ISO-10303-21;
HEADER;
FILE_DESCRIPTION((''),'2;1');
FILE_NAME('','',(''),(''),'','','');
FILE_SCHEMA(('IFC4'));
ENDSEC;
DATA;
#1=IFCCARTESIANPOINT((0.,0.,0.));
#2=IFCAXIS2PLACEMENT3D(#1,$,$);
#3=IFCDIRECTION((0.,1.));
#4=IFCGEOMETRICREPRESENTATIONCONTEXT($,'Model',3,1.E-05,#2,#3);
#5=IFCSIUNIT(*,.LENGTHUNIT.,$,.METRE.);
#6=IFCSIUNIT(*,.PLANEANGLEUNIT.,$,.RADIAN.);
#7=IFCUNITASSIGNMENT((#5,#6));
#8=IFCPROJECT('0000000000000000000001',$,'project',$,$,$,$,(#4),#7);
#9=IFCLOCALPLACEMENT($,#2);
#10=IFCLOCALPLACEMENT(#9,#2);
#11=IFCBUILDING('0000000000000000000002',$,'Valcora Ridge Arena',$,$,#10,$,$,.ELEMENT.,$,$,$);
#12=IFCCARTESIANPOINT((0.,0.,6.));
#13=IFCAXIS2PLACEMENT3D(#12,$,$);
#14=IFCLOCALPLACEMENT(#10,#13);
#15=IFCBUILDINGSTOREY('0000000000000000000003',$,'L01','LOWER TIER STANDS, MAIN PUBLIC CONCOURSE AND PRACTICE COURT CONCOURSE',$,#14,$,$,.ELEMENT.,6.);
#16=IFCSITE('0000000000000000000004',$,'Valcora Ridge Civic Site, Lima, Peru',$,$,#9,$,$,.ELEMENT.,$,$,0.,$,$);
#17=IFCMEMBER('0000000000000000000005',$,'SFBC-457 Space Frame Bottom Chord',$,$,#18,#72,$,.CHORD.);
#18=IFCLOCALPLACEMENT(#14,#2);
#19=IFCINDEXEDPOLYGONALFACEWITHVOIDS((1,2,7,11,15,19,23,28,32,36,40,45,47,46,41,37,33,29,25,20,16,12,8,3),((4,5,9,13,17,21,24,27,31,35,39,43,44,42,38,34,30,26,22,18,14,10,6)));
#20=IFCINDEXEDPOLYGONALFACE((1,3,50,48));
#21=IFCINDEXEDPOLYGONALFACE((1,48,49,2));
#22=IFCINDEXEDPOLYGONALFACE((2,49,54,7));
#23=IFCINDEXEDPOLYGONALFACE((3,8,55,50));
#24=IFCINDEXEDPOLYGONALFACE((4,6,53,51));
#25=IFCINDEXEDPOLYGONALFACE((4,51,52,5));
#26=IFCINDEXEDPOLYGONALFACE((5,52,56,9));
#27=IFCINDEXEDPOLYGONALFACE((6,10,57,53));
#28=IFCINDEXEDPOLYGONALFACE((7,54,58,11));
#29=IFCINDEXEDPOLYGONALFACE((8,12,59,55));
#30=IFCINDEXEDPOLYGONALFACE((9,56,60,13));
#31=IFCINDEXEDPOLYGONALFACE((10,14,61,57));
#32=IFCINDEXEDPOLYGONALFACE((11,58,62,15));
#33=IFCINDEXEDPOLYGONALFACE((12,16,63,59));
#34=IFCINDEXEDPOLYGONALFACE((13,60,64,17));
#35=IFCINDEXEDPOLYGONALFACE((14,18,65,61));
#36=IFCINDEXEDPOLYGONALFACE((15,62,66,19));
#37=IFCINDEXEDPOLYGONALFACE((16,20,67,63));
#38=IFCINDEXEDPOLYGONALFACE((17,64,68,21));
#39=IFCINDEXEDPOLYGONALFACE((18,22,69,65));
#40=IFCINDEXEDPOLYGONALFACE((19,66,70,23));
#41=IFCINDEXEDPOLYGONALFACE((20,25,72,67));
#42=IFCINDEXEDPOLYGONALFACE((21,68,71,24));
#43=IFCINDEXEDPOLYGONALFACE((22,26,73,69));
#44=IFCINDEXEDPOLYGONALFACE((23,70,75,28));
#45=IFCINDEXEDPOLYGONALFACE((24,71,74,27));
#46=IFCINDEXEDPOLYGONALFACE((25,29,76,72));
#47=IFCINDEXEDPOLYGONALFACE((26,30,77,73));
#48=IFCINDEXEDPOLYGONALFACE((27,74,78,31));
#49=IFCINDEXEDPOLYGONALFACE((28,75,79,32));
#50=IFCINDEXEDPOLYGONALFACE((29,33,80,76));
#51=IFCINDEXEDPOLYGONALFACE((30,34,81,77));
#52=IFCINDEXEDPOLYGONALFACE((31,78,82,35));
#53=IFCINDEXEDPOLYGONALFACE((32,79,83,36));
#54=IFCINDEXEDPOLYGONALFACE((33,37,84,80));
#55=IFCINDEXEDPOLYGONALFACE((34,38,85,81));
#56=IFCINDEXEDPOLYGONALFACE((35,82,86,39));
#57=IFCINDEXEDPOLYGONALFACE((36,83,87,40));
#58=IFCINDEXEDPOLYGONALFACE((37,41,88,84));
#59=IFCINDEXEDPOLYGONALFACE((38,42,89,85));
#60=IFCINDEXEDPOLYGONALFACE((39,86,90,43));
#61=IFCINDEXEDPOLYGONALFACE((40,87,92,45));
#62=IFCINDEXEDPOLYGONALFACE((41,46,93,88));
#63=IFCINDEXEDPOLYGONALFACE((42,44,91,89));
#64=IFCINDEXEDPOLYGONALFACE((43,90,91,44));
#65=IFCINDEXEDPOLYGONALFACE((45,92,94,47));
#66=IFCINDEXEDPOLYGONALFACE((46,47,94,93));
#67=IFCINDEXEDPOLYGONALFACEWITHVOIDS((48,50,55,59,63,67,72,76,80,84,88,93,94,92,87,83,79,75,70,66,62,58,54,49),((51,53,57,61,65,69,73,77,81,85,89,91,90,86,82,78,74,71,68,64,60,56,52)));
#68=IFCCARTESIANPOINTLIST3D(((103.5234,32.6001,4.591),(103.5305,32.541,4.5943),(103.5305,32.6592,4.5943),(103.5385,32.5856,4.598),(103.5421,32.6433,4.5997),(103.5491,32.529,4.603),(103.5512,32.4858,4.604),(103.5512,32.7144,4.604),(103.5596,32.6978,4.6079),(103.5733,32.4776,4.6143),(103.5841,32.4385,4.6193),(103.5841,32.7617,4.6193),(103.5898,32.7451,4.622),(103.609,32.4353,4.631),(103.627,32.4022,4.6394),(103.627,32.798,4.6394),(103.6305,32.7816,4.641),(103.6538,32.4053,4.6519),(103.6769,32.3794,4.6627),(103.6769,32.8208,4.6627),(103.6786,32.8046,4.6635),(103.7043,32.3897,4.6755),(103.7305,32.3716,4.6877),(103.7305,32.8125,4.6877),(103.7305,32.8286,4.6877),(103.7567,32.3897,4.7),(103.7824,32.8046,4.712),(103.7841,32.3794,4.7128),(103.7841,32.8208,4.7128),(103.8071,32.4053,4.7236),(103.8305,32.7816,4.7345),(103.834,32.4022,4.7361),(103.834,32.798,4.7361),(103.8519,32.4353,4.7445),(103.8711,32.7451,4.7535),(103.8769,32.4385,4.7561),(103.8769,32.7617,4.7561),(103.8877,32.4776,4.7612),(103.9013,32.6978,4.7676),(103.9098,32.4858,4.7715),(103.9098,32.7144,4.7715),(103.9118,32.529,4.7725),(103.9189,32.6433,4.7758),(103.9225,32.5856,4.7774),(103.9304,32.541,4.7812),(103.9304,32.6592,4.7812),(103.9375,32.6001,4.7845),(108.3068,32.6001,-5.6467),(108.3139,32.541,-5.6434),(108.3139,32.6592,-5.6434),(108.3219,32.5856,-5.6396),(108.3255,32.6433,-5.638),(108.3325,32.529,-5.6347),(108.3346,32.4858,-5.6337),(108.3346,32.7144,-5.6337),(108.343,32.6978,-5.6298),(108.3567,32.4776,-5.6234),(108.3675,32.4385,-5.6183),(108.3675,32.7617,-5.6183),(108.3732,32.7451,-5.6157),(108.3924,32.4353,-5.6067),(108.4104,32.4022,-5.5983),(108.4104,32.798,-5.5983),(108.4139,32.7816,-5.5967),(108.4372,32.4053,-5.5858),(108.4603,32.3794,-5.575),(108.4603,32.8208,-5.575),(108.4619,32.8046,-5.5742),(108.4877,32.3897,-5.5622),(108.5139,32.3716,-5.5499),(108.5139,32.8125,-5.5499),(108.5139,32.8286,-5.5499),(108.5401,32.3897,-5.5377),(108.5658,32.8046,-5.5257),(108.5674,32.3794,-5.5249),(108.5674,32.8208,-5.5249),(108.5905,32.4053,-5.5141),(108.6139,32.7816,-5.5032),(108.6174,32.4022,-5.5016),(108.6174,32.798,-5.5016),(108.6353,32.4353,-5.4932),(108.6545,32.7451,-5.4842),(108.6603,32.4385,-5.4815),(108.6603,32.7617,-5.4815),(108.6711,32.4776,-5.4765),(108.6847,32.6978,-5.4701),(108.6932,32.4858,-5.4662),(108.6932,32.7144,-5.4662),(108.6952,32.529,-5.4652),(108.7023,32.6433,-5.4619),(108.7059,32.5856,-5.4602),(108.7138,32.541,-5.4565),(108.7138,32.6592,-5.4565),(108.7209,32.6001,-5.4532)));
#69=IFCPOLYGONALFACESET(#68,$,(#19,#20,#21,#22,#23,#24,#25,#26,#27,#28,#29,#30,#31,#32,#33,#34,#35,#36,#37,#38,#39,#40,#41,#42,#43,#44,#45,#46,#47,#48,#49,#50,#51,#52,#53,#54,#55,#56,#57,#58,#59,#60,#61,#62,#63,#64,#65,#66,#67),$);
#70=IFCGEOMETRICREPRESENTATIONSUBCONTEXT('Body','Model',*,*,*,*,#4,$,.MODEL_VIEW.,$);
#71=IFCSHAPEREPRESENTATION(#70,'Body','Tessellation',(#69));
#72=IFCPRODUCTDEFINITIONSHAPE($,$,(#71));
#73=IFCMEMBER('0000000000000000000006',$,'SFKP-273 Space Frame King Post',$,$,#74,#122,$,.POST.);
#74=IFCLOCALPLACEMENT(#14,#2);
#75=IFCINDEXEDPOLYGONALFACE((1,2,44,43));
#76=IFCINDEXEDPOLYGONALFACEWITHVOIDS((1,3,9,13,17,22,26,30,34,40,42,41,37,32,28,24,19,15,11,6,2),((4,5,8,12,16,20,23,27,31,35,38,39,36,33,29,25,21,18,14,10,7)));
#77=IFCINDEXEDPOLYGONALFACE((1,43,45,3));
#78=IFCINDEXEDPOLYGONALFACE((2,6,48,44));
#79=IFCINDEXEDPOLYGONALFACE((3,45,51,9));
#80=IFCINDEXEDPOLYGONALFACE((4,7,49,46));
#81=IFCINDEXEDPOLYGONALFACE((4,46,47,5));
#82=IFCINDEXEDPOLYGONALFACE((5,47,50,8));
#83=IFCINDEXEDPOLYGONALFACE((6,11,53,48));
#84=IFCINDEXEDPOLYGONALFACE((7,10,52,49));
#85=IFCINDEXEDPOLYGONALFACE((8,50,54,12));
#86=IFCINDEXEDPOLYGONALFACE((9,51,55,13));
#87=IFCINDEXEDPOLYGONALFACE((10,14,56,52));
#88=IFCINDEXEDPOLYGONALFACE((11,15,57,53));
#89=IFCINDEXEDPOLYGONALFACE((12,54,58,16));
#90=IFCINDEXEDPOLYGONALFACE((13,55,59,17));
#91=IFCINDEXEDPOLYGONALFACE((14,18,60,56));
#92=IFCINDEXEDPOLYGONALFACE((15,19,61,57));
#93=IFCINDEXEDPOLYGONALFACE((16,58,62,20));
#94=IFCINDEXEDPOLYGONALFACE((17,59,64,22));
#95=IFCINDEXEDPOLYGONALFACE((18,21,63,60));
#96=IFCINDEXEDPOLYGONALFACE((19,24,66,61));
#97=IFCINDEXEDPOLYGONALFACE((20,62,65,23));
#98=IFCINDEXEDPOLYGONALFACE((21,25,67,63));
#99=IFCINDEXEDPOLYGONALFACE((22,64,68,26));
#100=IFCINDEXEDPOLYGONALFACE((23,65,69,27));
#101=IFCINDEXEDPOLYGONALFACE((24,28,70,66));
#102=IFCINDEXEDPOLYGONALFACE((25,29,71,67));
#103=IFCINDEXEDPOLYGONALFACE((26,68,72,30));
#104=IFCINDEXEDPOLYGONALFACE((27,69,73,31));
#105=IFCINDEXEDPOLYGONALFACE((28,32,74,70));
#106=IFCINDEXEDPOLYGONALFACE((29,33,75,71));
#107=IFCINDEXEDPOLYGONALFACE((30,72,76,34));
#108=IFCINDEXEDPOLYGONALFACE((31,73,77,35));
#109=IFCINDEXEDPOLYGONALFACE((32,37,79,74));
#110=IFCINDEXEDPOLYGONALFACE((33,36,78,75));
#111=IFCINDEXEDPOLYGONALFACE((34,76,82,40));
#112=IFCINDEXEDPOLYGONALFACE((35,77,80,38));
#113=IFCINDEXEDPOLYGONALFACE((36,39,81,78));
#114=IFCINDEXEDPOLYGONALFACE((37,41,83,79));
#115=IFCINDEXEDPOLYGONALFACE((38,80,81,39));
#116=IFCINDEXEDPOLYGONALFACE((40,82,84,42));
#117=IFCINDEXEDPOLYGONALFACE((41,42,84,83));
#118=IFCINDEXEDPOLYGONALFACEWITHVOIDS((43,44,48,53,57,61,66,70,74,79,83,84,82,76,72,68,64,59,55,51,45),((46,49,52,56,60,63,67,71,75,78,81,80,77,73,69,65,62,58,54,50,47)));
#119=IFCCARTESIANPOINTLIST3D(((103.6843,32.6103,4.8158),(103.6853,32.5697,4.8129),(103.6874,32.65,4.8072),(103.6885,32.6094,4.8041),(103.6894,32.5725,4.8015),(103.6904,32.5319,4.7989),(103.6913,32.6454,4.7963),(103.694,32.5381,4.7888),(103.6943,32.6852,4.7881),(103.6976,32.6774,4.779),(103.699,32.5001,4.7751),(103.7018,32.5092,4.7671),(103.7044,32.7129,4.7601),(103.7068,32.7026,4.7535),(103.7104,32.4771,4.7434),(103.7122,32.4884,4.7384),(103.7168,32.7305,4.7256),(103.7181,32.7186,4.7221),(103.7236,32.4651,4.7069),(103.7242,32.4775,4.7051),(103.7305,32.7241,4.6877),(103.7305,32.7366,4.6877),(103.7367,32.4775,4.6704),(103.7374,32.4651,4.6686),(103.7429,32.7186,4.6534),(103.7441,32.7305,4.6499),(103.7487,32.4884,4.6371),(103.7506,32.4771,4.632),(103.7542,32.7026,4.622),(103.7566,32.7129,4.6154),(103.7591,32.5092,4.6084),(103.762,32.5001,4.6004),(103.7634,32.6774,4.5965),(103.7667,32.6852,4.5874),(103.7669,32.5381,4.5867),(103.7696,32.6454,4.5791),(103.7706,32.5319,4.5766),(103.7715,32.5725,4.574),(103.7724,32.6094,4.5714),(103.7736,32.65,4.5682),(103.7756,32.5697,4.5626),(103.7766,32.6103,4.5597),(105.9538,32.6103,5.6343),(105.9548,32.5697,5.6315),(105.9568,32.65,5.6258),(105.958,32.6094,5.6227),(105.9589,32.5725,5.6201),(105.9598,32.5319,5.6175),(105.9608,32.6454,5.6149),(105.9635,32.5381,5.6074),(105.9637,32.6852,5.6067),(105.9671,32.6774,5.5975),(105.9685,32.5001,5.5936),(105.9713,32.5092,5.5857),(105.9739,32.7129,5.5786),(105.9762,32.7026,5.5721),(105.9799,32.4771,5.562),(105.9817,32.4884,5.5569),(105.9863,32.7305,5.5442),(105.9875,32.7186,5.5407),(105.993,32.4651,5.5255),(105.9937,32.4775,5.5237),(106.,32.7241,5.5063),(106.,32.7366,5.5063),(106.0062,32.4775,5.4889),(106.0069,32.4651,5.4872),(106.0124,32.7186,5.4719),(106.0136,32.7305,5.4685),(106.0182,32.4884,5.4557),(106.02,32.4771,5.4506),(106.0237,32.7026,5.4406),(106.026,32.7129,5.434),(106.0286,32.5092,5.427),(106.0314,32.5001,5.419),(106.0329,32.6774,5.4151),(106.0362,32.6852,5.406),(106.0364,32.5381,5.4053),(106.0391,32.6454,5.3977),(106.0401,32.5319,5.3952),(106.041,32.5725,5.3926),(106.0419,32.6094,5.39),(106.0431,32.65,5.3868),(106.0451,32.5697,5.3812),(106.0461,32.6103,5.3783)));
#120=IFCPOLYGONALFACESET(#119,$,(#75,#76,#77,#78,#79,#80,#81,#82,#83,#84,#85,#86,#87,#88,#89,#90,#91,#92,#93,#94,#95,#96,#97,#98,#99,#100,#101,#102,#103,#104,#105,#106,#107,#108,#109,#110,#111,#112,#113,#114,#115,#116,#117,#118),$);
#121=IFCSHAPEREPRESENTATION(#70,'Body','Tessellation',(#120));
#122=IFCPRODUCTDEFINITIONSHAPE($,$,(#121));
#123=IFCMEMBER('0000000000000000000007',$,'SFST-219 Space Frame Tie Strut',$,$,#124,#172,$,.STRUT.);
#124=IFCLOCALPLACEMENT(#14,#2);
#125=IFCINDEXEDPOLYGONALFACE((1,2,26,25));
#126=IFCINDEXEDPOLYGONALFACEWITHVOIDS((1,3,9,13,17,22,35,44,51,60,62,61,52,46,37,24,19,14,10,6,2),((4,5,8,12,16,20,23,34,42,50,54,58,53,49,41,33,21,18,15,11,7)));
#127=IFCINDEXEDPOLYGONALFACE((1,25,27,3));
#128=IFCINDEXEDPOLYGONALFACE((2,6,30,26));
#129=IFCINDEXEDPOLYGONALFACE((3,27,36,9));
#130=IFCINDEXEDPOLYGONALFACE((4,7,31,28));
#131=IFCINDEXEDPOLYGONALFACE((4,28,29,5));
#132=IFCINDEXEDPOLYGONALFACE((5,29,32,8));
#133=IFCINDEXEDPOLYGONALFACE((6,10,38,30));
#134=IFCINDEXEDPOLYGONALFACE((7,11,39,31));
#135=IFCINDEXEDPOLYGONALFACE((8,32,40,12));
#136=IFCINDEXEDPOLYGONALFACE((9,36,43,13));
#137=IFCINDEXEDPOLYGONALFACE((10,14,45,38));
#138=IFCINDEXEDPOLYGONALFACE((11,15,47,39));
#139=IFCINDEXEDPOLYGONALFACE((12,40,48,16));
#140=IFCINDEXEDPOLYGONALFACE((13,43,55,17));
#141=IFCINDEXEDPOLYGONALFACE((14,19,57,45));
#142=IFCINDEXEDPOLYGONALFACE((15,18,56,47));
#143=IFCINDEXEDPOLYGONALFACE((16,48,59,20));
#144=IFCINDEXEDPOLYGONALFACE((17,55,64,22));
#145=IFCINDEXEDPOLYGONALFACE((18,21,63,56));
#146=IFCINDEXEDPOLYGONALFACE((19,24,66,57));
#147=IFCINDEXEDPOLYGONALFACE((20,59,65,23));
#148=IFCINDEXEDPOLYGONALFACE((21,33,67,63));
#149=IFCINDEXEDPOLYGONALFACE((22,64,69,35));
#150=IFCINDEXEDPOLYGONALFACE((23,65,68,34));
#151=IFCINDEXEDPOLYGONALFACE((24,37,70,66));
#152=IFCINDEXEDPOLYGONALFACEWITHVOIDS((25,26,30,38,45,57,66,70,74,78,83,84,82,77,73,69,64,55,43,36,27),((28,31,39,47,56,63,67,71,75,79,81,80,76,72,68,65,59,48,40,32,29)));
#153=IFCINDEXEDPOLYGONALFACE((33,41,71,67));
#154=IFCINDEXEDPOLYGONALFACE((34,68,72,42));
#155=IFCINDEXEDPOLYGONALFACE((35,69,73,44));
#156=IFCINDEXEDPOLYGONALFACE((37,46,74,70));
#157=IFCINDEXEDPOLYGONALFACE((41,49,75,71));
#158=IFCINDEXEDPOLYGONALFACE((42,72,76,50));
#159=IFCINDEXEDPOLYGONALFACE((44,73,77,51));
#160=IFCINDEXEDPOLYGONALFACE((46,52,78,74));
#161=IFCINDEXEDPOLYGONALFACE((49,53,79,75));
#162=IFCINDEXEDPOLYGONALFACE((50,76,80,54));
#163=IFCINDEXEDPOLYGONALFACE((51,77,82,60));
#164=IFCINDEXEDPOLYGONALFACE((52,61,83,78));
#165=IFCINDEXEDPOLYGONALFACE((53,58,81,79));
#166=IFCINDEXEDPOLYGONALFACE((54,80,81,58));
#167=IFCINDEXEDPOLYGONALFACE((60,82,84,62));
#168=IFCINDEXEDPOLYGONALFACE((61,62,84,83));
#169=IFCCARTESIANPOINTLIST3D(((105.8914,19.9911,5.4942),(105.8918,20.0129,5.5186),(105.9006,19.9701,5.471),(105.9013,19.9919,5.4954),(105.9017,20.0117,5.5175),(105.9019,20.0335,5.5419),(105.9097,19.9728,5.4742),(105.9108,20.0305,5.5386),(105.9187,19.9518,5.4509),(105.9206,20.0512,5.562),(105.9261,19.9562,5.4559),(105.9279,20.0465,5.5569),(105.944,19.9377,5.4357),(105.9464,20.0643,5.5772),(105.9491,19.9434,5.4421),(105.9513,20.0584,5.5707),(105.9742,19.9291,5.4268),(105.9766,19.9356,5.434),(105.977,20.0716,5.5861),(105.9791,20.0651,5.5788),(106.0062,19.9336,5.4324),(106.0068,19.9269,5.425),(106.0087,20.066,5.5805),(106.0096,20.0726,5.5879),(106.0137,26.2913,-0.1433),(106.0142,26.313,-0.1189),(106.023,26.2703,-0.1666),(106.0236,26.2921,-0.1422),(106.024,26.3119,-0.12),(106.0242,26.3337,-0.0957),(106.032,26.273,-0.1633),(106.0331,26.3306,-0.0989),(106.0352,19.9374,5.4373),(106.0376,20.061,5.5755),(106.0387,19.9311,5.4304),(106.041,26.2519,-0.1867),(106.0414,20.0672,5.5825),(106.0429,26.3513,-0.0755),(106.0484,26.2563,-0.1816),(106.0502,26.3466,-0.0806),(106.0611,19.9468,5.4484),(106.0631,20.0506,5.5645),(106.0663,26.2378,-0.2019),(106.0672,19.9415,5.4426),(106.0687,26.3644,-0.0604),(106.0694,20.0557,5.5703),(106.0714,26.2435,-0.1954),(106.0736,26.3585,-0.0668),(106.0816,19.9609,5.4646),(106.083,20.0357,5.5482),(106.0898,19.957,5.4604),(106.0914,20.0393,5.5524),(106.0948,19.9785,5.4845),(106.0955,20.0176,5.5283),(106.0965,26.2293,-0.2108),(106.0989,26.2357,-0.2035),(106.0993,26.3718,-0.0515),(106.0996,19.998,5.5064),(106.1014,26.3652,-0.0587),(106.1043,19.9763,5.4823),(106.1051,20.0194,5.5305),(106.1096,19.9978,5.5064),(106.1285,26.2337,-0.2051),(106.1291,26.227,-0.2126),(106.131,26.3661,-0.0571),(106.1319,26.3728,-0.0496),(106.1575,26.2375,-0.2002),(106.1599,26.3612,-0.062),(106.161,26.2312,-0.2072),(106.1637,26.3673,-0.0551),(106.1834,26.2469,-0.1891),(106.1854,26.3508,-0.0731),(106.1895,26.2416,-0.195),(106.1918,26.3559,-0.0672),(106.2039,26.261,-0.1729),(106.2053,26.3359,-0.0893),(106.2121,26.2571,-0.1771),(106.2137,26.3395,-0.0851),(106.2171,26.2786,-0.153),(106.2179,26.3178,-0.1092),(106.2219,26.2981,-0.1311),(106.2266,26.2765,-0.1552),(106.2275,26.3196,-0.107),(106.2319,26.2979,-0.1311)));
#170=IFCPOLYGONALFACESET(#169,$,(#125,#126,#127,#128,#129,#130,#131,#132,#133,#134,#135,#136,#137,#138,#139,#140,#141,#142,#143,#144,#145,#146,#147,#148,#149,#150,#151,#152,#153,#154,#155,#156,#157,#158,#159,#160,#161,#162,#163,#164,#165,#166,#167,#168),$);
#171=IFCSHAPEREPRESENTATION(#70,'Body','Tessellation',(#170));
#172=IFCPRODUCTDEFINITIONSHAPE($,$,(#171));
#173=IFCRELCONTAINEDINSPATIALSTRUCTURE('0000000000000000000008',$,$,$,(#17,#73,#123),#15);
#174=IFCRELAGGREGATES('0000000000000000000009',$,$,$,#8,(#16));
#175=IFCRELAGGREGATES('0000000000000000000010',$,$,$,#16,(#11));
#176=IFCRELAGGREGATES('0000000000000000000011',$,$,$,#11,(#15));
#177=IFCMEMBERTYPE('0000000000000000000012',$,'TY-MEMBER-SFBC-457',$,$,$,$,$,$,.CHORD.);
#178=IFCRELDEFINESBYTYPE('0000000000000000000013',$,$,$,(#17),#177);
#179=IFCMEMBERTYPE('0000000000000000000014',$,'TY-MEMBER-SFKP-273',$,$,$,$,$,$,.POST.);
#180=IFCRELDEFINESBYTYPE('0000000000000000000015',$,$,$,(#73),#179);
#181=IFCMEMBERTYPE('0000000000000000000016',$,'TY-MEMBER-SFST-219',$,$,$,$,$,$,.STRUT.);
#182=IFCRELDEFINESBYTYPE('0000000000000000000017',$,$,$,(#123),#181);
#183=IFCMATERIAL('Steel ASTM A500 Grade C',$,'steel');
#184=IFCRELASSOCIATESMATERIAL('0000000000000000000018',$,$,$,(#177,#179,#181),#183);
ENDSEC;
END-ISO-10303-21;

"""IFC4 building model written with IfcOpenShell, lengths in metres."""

from ifc_helpers import new_model, si_unit, direction, frame, origin, origin_2d, place, context, subcontext, project, spatial, hollow_circle, extrude, material, material_profile, profile_set, type_object, element, save


model = new_model("IFC4")

# Units and contexts
model_context = context("Model", 3, precision=1e-05, world=origin(), true_north=direction((0.0, 1.0)))
body_context = subcontext(model_context, "Body", "Model", "MODEL_VIEW")
ifc_project = project(units=[si_unit("LENGTHUNIT", "METRE"), si_unit("PLANEANGLEUNIT", "RADIAN")], contexts=[model_context])

# Site, building, storey
site_placement = place(None, origin())
site = spatial("IfcSite", under=ifc_project, at=site_placement, Name="Valcora Ridge Civic Site, Lima, Peru", CompositionType="ELEMENT", RefElevation=0.0)
building_placement = place(site_placement, origin())
building = spatial("IfcBuilding", under=site, at=building_placement, Name="Valcora Ridge Arena", CompositionType="ELEMENT")
storey_placement = place(building_placement, frame((0.0, 0.0, 6.0)))
storey = spatial("IfcBuildingStorey", under=building, at=storey_placement, Name="L01", Description="LOWER TIER STANDS, MAIN PUBLIC CONCOURSE AND PRACTICE COURT CONCOURSE", CompositionType="ELEMENT", Elevation=6.0)

# Members
ifc_material_1 = material(Name="Steel ASTM A500 Grade C", Category="steel")
ifc_material_profile_1 = material_profile(ifc_material_1, hollow_circle(Radius=0.2285, WallThickness=0.0161, at=origin_2d()), Name="CHS457X16")
ifc_profile_set_1 = profile_set([ifc_material_profile_1], Name="Steel ASTM A500 Grade C")
member_type_1 = type_object("IfcMemberType", Name="TY-MEMBER-SFBC-457", PredefinedType="CHORD", material=ifc_profile_set_1)
member_1_placement = place(storey_placement, frame((103.7305, 32.6001, 4.6877), z_axis=(0.423308, 0.0, -0.905986), x_axis=(0.0, 1.0, 0.0)))
element("IfcMember", 1, at=member_1_placement, inside=storey, type_object=member_type_1, Name="SFBC-457 Space Frame Bottom Chord", PredefinedType="CHORD", context=body_context, shape_type="SweptSolid", body=[
    extrude(hollow_circle(Radius=0.2285, WallThickness=0.0161, at=origin_2d()), origin(), (0.0, 0.0, 1.0), 11.3),
])
ifc_material_profile_2 = material_profile(ifc_material_1, hollow_circle(Radius=0.1365, WallThickness=0.0125, at=origin_2d()), Name="CHS273X12")
ifc_profile_set_2 = profile_set([ifc_material_profile_2], Name="Steel ASTM A500 Grade C")
member_type_2 = type_object("IfcMemberType", Name="TY-MEMBER-SFKP-273", PredefinedType="POST", material=ifc_profile_set_2)
member_2_placement = place(storey_placement, frame((103.7305, 32.6001, 4.6877), z_axis=(0.94068, 0.0, 0.339296), x_axis=(0.0, 1.0, 0.0)))
element("IfcMember", 2, at=member_2_placement, inside=storey, type_object=member_type_2, Name="SFKP-273 Space Frame King Post", PredefinedType="POST", context=body_context, shape_type="SweptSolid", body=[
    extrude(hollow_circle(Radius=0.1365, WallThickness=0.0125, at=origin_2d()), origin(), (0.0, 0.0, 1.0), 2.4126),
])
ifc_material_profile_3 = material_profile(ifc_material_1, hollow_circle(Radius=0.1096, WallThickness=0.01, at=origin_2d()), Name="CHS219X10")
ifc_profile_set_3 = profile_set([ifc_material_profile_3], Name="Steel ASTM A500 Grade C")
member_type_3 = type_object("IfcMemberType", Name="TY-MEMBER-SFST-219", PredefinedType="STRUT", material=ifc_profile_set_3)
member_3_placement = place(storey_placement, frame((106.1223, 26.3, -0.1311), z_axis=(-0.014467, -0.74513, 0.666762), x_axis=(0.999812, -0.019411, 0.0)))
element("IfcMember", 3, at=member_3_placement, inside=storey, type_object=member_type_3, Name="SFST-219 Space Frame Tie Strut", PredefinedType="STRUT", context=body_context, shape_type="SweptSolid", body=[
    extrude(hollow_circle(Radius=0.1096, WallThickness=0.01, at=origin_2d()), origin(), (0.0, 0.0, 1.0), 8.4551),
])

save(model, "model.ifc")
